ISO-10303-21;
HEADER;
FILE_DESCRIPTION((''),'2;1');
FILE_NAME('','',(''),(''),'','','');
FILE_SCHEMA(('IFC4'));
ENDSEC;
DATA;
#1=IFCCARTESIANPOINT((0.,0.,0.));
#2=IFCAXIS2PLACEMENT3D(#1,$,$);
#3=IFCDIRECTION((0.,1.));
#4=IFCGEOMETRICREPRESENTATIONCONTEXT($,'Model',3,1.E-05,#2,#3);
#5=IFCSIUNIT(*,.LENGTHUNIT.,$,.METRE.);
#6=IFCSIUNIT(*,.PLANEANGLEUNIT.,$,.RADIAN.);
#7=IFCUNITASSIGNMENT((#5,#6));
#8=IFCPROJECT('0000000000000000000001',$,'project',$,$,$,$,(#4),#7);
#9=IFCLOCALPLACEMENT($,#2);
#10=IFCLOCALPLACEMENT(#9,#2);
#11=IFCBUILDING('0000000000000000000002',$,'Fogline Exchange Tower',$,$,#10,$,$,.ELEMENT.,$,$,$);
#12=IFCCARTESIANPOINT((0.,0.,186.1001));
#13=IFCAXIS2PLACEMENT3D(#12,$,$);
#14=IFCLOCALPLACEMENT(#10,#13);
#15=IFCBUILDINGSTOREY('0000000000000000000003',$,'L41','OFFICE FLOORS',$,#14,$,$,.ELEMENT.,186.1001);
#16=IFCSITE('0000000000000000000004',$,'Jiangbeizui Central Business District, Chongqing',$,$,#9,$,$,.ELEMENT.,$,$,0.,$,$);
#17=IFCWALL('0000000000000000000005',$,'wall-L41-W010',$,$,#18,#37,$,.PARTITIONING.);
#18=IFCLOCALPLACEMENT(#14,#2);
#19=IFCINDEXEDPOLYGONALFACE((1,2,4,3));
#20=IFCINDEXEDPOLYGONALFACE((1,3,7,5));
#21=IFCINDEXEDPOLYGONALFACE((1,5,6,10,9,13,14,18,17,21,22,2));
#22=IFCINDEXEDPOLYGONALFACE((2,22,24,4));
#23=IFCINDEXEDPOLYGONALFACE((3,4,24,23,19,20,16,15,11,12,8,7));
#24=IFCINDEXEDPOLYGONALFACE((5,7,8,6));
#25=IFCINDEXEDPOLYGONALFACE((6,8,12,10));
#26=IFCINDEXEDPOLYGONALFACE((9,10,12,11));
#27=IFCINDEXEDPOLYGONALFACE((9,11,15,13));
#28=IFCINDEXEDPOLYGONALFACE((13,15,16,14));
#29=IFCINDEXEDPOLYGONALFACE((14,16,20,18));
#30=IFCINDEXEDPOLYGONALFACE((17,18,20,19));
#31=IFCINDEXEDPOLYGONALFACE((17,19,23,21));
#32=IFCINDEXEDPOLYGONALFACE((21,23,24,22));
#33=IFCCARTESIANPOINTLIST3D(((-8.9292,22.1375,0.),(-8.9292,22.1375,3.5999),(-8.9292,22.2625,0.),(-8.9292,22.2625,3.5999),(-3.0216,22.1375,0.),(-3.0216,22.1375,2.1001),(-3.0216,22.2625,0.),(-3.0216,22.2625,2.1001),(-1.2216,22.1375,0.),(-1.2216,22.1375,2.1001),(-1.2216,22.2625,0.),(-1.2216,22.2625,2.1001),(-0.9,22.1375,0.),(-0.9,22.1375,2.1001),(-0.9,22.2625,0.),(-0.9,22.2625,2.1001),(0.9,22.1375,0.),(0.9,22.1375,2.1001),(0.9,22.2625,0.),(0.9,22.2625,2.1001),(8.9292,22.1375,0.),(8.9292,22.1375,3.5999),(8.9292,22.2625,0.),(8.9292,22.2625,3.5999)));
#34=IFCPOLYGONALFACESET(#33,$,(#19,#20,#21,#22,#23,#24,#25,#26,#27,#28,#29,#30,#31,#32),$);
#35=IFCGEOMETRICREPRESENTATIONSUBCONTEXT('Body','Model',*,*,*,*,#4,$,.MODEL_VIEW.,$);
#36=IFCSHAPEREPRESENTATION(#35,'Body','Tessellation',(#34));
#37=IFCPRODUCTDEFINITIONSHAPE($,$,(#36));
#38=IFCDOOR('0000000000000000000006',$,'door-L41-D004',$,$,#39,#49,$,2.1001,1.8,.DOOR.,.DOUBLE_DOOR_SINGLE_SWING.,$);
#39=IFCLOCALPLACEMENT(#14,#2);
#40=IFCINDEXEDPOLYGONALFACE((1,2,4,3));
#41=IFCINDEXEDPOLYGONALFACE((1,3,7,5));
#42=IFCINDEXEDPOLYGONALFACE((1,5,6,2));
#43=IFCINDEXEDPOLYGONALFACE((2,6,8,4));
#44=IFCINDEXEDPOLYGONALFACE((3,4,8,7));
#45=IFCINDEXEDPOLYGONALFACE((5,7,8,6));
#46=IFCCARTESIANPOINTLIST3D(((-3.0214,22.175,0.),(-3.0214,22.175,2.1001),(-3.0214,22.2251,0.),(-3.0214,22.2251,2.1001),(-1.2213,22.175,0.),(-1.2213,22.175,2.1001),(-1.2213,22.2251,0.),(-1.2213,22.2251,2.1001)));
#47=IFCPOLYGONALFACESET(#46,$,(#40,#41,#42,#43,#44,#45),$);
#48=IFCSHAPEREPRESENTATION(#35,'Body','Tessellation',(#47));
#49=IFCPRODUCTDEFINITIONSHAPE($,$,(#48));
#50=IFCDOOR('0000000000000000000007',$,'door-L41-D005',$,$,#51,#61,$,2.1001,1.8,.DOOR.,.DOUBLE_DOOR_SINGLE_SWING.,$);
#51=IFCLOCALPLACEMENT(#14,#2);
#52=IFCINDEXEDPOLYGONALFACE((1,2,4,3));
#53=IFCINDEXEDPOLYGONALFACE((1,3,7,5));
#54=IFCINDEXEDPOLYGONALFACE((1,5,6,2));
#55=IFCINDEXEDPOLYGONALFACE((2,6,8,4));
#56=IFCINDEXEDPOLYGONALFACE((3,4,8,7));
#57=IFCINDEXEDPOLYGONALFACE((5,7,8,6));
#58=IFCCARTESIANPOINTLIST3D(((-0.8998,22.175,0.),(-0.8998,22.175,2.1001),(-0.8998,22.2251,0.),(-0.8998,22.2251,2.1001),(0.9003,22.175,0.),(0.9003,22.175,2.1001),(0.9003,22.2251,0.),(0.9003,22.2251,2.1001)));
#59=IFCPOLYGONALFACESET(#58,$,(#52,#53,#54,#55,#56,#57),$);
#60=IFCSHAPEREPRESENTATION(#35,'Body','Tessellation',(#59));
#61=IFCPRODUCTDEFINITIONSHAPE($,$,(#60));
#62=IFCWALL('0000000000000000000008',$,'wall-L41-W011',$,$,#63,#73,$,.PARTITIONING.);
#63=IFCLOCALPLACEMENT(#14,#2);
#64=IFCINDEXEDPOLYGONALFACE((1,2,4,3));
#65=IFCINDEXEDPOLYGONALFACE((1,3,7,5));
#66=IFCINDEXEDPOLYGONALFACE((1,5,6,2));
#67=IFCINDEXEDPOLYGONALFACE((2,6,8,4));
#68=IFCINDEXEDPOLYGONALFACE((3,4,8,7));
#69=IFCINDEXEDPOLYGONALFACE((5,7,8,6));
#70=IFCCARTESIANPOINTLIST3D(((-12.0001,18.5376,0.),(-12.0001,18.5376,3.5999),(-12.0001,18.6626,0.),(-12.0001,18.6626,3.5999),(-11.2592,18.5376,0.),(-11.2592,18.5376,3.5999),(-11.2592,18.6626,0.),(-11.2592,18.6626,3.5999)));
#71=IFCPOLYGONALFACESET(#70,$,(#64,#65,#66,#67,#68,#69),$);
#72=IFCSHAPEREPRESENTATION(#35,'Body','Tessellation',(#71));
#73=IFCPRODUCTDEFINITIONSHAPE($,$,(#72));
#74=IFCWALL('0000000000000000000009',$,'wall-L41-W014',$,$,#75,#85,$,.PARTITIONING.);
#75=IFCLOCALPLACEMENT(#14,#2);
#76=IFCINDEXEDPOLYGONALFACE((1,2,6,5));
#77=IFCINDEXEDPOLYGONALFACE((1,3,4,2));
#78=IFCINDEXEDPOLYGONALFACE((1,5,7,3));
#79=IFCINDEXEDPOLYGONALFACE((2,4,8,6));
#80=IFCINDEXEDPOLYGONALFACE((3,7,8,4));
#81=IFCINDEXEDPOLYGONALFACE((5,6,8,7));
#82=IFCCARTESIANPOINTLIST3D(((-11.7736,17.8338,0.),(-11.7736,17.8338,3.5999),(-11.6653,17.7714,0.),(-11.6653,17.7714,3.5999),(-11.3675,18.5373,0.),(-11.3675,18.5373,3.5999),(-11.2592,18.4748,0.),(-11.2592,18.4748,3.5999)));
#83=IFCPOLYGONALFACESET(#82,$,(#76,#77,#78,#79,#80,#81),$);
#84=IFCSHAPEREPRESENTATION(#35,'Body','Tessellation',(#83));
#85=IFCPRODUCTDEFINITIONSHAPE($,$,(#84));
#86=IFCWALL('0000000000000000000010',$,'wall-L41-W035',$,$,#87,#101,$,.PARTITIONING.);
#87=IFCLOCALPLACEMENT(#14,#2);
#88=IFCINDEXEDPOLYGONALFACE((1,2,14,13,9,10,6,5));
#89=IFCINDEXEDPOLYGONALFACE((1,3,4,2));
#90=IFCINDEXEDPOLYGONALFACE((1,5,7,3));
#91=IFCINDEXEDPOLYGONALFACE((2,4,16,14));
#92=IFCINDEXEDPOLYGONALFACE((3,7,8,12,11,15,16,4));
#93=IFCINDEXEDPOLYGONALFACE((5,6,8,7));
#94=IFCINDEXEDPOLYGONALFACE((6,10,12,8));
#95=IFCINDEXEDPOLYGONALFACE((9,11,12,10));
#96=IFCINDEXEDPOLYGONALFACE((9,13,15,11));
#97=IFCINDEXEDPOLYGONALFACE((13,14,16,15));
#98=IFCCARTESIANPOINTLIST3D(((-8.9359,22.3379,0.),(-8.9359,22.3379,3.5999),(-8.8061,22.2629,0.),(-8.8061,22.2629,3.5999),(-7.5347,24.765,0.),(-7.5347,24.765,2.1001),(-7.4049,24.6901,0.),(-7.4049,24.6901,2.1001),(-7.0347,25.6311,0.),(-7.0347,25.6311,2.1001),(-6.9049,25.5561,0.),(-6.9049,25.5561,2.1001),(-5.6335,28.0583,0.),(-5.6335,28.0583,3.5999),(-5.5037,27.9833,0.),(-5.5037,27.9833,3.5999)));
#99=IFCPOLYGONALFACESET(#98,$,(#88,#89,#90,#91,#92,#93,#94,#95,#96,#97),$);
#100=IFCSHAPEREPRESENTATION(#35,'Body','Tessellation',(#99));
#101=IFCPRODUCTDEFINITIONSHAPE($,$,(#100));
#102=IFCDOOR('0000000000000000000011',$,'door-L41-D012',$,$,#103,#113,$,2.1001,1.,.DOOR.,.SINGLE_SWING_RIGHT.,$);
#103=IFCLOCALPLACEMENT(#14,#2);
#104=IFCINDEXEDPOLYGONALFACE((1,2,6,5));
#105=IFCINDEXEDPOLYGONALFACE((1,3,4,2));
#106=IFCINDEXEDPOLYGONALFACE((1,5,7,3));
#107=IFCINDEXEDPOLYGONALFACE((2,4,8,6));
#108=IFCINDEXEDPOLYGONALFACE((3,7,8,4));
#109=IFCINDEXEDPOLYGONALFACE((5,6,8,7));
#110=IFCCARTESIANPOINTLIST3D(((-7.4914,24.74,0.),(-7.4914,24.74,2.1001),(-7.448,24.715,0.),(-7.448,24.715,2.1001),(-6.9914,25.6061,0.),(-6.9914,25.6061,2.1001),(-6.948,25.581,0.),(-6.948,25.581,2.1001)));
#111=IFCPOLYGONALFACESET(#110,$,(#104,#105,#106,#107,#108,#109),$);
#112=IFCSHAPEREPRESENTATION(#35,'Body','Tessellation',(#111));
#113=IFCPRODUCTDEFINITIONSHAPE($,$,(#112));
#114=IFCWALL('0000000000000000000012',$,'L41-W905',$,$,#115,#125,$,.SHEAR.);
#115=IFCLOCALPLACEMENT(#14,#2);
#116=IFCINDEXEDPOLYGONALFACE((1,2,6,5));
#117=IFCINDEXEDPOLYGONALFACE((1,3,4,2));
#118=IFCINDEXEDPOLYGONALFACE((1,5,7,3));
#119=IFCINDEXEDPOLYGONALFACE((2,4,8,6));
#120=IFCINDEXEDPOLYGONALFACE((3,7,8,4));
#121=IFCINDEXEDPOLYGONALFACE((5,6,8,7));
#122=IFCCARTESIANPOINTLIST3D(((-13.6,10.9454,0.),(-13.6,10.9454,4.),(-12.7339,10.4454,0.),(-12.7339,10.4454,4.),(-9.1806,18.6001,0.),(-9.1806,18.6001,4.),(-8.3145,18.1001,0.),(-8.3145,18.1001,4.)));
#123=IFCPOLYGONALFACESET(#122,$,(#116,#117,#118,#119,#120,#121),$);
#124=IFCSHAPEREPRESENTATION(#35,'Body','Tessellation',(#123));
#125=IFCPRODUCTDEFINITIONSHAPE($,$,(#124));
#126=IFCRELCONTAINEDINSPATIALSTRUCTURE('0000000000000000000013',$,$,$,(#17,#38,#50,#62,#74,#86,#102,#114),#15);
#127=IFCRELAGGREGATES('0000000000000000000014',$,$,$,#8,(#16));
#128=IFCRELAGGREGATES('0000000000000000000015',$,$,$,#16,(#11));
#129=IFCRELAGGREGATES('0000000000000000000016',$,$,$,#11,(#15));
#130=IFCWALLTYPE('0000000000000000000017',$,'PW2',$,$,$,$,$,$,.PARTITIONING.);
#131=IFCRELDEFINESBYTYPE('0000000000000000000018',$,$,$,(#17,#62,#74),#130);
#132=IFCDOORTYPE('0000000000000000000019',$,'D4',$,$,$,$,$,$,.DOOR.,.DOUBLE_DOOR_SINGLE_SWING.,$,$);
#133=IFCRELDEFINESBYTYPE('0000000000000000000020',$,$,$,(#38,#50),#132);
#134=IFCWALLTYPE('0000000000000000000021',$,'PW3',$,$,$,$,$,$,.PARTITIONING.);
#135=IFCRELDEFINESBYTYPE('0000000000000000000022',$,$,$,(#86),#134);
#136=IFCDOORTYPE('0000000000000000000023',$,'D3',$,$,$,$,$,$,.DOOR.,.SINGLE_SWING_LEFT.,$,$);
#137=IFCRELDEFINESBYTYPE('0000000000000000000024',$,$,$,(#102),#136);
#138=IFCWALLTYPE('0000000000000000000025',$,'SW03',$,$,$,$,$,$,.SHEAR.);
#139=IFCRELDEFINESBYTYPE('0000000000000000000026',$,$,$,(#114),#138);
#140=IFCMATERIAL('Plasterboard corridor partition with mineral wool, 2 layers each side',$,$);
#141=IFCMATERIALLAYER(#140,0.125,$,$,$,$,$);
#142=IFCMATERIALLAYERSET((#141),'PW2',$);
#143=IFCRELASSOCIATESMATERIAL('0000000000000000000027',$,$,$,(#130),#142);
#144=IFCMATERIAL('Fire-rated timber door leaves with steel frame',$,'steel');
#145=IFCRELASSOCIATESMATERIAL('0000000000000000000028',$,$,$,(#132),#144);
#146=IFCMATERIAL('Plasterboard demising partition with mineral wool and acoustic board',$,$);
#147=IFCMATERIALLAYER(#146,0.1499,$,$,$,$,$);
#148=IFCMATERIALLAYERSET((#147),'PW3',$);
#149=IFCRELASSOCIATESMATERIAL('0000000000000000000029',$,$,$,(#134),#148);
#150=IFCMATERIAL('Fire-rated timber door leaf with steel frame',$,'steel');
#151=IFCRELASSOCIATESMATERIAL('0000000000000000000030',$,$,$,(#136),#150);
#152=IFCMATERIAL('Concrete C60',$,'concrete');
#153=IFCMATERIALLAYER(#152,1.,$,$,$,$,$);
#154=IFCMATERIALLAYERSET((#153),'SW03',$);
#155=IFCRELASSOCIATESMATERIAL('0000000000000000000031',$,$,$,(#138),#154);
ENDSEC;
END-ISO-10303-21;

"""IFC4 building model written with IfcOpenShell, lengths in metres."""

from ifc_helpers import new_model, si_unit, direction, frame, frame_2d, origin, place, context, subcontext, project, spatial, rectangle, extrude, material, layer, layer_set, type_object, element, fill, save


model = new_model("IFC4")

# Units and contexts
model_context = context("Model", 3, precision=1e-05, world=origin(), true_north=direction((0.0, 1.0)))
body_context = subcontext(model_context, "Body", "Model", "MODEL_VIEW")
ifc_project = project(units=[si_unit("LENGTHUNIT", "METRE"), si_unit("PLANEANGLEUNIT", "RADIAN")], contexts=[model_context])

# Site, building, storey
site_placement = place(None, origin())
site = spatial("IfcSite", under=ifc_project, at=site_placement, Name="Jiangbeizui Central Business District, Chongqing", CompositionType="ELEMENT", RefElevation=0.0)
building_placement = place(site_placement, origin())
building = spatial("IfcBuilding", under=site, at=building_placement, Name="Fogline Exchange Tower", CompositionType="ELEMENT")
storey_placement = place(building_placement, frame((0.0, 0.0, 186.1001)))
storey = spatial("IfcBuildingStorey", under=building, at=storey_placement, Name="L41", Description="OFFICE FLOORS", CompositionType="ELEMENT", Elevation=186.1001)

# Shared definitions
ifc_material_1 = material(Name="Concrete C60", Category="concrete")

# Wall, openings, doors
ifc_material_2 = material(Name="Plasterboard corridor partition with mineral wool, 2 layers each side")
ifc_layer_1 = layer(ifc_material_2, 0.125)
ifc_layer_set_1 = layer_set([ifc_layer_1], Name="PW2")
wall_type_1 = type_object("IfcWallType", Name="PW2", PredefinedType="PARTITIONING", material=ifc_layer_set_1)
wall_1_placement = place(storey_placement, frame((-8.9292, 22.2, 0.0), z_axis=(0.0, 0.0, 1.0), x_axis=(1.0, 0.0, 0.0)))
wall_1 = element("IfcWall", 1, at=wall_1_placement, inside=storey, type_object=wall_type_1, Name="wall-L41-W010", PredefinedType="PARTITIONING", context=body_context, shape_type="SweptSolid", body=[
    extrude(rectangle(XDim=17.8584, YDim=0.125, at=frame_2d((8.9292, 0.0))), origin(), (0.0, 0.0, 1.0), 3.5999),
])
opening_1_placement = place(wall_1_placement, frame((5.9077, 0.0, 0.0)))
opening_1 = element("IfcOpeningElement", 2, at=opening_1_placement, cuts=wall_1, PredefinedType="OPENING", context=body_context, shape_type="SweptSolid", body=[
    extrude(rectangle(XDim=1.8, YDim=2.1001, at=frame_2d((0.8999, 1.05))), frame((0.0, 0.0725, 0.0), z_axis=(0.0, -1.0, 0.0), x_axis=(1.0, 0.0, 0.0)), (0.0, 0.0, 1.0), 0.145),
])
opening_2_placement = place(wall_1_placement, frame((8.0293, 0.0, 0.0)))
opening_2 = element("IfcOpeningElement", 3, at=opening_2_placement, cuts=wall_1, PredefinedType="OPENING", context=body_context, shape_type="SweptSolid", body=[
    extrude(rectangle(XDim=1.8, YDim=2.1001, at=frame_2d((0.8999, 1.05))), frame((0.0, 0.0725, 0.0), z_axis=(0.0, -1.0, 0.0), x_axis=(1.0, 0.0, 0.0)), (0.0, 0.0, 1.0), 0.145),
])
ifc_material_3 = material(Name="Fire-rated timber door leaves with steel frame", Category="steel")
door_type_1 = type_object("IfcDoorType", Name="D4", OperationType="DOUBLE_DOOR_SINGLE_SWING", PredefinedType="DOOR", material=ifc_material_3)
door_1_placement = place(opening_1_placement, frame((1.8, 0.0, 0.0), z_axis=(0.0, 0.0, 1.0), x_axis=(-1.0, 0.0, 0.0)))
door_1 = element("IfcDoor", 4, at=door_1_placement, inside=storey, type_object=door_type_1, Name="door-L41-D004", OperationType="DOUBLE_DOOR_SINGLE_SWING", OverallHeight=2.1001, OverallWidth=1.8, PredefinedType="DOOR", context=body_context, shape_type="SweptSolid", body=[
    extrude(rectangle(XDim=1.8, YDim=2.1001, at=frame_2d((0.8999, 1.05))), frame((0.0, 0.0249, 0.0), z_axis=(0.0, -1.0, 0.0), x_axis=(1.0, 0.0, 0.0)), (0.0, 0.0, 1.0), 0.05),
])
fill(opening_1, door_1)
door_2_placement = place(opening_2_placement, frame((1.8, 0.0, 0.0), z_axis=(0.0, 0.0, 1.0), x_axis=(-1.0, 0.0, 0.0)))
door_2 = element("IfcDoor", 5, at=door_2_placement, inside=storey, type_object=door_type_1, Name="door-L41-D005", OperationType="DOUBLE_DOOR_SINGLE_SWING", OverallHeight=2.1001, OverallWidth=1.8, PredefinedType="DOOR", context=body_context, shape_type="SweptSolid", body=[
    extrude(rectangle(XDim=1.8, YDim=2.1001, at=frame_2d((0.8999, 1.05))), frame((0.0, 0.0249, 0.0), z_axis=(0.0, -1.0, 0.0), x_axis=(1.0, 0.0, 0.0)), (0.0, 0.0, 1.0), 0.05),
])
fill(opening_2, door_2)

# Walls
wall_2_placement = place(storey_placement, frame((-11.259, 18.6001, 0.0), z_axis=(0.0, 0.0, 1.0), x_axis=(-1.0, 0.0, 0.0)))
element("IfcWall", 6, at=wall_2_placement, inside=storey, type_object=wall_type_1, Name="wall-L41-W011", PredefinedType="PARTITIONING", context=body_context, shape_type="SweptSolid", body=[
    extrude(rectangle(XDim=0.741, YDim=0.125, at=frame_2d((0.3706, 0.0))), origin(), (0.0, 0.0, 1.0), 3.5999),
])
wall_3_placement = place(storey_placement, frame((-11.7195, 17.8025, 0.0), z_axis=(0.0, 0.0, 1.0), x_axis=(0.499922, 0.86607, 0.0)))
element("IfcWall", 7, at=wall_3_placement, inside=storey, type_object=wall_type_1, Name="wall-L41-W014", PredefinedType="PARTITIONING", context=body_context, shape_type="SweptSolid", body=[
    extrude(rectangle(XDim=0.8123, YDim=0.125, at=frame_2d((0.4062, 0.0))), origin(), (0.0, 0.0, 1.0), 3.5999),
])

# Wall, opening, door
ifc_material_4 = material(Name="Plasterboard demising partition with mineral wool and acoustic board")
ifc_layer_2 = layer(ifc_material_4, 0.1499)
ifc_layer_set_2 = layer_set([ifc_layer_2], Name="PW3")
wall_type_2 = type_object("IfcWallType", Name="PW3", PredefinedType="PARTITIONING", material=ifc_layer_set_2)
wall_4_placement = place(storey_placement, frame((-8.8711, 22.3003, 0.0), z_axis=(0.0, 0.0, 1.0), x_axis=(0.499975, 0.86604, 0.0)))
wall_4 = element("IfcWall", 8, at=wall_4_placement, inside=storey, type_object=wall_type_2, Name="wall-L41-W035", PredefinedType="PARTITIONING", context=body_context, shape_type="SweptSolid", body=[
    extrude(rectangle(XDim=6.6052, YDim=0.1499, at=frame_2d((3.3027, 0.0))), origin(), (0.0, 0.0, 1.0), 3.5999),
])
opening_3_placement = place(wall_4_placement, frame((2.8027, 0.0, 0.0)))
opening_3 = element("IfcOpeningElement", 9, at=opening_3_placement, cuts=wall_4, PredefinedType="OPENING", context=body_context, shape_type="SweptSolid", body=[
    extrude(rectangle(XDim=1.0, YDim=2.1001, at=frame_2d((0.5, 1.05))), frame((0.0, 0.085, 0.0), z_axis=(0.0, -1.0, 0.0), x_axis=(1.0, 0.0, 0.0)), (0.0, 0.0, 1.0), 0.1699),
])
ifc_material_5 = material(Name="Fire-rated timber door leaf with steel frame", Category="steel")
door_type_2 = type_object("IfcDoorType", Name="D3", OperationType="SINGLE_SWING_LEFT", PredefinedType="DOOR", material=ifc_material_5)
door_3_placement = place(opening_3_placement, origin())
door_3 = element("IfcDoor", 10, at=door_3_placement, inside=storey, type_object=door_type_2, Name="door-L41-D012", OperationType="SINGLE_SWING_RIGHT", OverallHeight=2.1001, OverallWidth=1.0, PredefinedType="DOOR", context=body_context, shape_type="SweptSolid", body=[
    extrude(rectangle(XDim=1.0, YDim=2.1001, at=frame_2d((0.5, 1.05))), frame((0.0, 0.0249, 0.0), z_axis=(0.0, -1.0, 0.0), x_axis=(1.0, 0.0, 0.0)), (0.0, 0.0, 1.0), 0.05),
])
fill(opening_3, door_3)

# Wall
ifc_layer_3 = layer(ifc_material_1, 1.0)
ifc_layer_set_3 = layer_set([ifc_layer_3], Name="SW03")
wall_type_3 = type_object("IfcWallType", Name="SW03", PredefinedType="SHEAR", material=ifc_layer_set_3)
wall_5_placement = place(storey_placement, frame((-8.7476, 18.3501, 0.0), z_axis=(0.0, 0.0, 1.0), x_axis=(-0.499995, -0.866028, 0.0)))
element("IfcWall", 11, at=wall_5_placement, inside=storey, type_object=wall_type_3, Name="L41-W905", PredefinedType="SHEAR", context=body_context, shape_type="SweptSolid", body=[
    extrude(rectangle(XDim=8.8389, YDim=1.0, at=frame_2d((4.4194, 0.0))), origin(), (0.0, 0.0, 1.0), 4.0),
])

save(model, "model.ifc")
